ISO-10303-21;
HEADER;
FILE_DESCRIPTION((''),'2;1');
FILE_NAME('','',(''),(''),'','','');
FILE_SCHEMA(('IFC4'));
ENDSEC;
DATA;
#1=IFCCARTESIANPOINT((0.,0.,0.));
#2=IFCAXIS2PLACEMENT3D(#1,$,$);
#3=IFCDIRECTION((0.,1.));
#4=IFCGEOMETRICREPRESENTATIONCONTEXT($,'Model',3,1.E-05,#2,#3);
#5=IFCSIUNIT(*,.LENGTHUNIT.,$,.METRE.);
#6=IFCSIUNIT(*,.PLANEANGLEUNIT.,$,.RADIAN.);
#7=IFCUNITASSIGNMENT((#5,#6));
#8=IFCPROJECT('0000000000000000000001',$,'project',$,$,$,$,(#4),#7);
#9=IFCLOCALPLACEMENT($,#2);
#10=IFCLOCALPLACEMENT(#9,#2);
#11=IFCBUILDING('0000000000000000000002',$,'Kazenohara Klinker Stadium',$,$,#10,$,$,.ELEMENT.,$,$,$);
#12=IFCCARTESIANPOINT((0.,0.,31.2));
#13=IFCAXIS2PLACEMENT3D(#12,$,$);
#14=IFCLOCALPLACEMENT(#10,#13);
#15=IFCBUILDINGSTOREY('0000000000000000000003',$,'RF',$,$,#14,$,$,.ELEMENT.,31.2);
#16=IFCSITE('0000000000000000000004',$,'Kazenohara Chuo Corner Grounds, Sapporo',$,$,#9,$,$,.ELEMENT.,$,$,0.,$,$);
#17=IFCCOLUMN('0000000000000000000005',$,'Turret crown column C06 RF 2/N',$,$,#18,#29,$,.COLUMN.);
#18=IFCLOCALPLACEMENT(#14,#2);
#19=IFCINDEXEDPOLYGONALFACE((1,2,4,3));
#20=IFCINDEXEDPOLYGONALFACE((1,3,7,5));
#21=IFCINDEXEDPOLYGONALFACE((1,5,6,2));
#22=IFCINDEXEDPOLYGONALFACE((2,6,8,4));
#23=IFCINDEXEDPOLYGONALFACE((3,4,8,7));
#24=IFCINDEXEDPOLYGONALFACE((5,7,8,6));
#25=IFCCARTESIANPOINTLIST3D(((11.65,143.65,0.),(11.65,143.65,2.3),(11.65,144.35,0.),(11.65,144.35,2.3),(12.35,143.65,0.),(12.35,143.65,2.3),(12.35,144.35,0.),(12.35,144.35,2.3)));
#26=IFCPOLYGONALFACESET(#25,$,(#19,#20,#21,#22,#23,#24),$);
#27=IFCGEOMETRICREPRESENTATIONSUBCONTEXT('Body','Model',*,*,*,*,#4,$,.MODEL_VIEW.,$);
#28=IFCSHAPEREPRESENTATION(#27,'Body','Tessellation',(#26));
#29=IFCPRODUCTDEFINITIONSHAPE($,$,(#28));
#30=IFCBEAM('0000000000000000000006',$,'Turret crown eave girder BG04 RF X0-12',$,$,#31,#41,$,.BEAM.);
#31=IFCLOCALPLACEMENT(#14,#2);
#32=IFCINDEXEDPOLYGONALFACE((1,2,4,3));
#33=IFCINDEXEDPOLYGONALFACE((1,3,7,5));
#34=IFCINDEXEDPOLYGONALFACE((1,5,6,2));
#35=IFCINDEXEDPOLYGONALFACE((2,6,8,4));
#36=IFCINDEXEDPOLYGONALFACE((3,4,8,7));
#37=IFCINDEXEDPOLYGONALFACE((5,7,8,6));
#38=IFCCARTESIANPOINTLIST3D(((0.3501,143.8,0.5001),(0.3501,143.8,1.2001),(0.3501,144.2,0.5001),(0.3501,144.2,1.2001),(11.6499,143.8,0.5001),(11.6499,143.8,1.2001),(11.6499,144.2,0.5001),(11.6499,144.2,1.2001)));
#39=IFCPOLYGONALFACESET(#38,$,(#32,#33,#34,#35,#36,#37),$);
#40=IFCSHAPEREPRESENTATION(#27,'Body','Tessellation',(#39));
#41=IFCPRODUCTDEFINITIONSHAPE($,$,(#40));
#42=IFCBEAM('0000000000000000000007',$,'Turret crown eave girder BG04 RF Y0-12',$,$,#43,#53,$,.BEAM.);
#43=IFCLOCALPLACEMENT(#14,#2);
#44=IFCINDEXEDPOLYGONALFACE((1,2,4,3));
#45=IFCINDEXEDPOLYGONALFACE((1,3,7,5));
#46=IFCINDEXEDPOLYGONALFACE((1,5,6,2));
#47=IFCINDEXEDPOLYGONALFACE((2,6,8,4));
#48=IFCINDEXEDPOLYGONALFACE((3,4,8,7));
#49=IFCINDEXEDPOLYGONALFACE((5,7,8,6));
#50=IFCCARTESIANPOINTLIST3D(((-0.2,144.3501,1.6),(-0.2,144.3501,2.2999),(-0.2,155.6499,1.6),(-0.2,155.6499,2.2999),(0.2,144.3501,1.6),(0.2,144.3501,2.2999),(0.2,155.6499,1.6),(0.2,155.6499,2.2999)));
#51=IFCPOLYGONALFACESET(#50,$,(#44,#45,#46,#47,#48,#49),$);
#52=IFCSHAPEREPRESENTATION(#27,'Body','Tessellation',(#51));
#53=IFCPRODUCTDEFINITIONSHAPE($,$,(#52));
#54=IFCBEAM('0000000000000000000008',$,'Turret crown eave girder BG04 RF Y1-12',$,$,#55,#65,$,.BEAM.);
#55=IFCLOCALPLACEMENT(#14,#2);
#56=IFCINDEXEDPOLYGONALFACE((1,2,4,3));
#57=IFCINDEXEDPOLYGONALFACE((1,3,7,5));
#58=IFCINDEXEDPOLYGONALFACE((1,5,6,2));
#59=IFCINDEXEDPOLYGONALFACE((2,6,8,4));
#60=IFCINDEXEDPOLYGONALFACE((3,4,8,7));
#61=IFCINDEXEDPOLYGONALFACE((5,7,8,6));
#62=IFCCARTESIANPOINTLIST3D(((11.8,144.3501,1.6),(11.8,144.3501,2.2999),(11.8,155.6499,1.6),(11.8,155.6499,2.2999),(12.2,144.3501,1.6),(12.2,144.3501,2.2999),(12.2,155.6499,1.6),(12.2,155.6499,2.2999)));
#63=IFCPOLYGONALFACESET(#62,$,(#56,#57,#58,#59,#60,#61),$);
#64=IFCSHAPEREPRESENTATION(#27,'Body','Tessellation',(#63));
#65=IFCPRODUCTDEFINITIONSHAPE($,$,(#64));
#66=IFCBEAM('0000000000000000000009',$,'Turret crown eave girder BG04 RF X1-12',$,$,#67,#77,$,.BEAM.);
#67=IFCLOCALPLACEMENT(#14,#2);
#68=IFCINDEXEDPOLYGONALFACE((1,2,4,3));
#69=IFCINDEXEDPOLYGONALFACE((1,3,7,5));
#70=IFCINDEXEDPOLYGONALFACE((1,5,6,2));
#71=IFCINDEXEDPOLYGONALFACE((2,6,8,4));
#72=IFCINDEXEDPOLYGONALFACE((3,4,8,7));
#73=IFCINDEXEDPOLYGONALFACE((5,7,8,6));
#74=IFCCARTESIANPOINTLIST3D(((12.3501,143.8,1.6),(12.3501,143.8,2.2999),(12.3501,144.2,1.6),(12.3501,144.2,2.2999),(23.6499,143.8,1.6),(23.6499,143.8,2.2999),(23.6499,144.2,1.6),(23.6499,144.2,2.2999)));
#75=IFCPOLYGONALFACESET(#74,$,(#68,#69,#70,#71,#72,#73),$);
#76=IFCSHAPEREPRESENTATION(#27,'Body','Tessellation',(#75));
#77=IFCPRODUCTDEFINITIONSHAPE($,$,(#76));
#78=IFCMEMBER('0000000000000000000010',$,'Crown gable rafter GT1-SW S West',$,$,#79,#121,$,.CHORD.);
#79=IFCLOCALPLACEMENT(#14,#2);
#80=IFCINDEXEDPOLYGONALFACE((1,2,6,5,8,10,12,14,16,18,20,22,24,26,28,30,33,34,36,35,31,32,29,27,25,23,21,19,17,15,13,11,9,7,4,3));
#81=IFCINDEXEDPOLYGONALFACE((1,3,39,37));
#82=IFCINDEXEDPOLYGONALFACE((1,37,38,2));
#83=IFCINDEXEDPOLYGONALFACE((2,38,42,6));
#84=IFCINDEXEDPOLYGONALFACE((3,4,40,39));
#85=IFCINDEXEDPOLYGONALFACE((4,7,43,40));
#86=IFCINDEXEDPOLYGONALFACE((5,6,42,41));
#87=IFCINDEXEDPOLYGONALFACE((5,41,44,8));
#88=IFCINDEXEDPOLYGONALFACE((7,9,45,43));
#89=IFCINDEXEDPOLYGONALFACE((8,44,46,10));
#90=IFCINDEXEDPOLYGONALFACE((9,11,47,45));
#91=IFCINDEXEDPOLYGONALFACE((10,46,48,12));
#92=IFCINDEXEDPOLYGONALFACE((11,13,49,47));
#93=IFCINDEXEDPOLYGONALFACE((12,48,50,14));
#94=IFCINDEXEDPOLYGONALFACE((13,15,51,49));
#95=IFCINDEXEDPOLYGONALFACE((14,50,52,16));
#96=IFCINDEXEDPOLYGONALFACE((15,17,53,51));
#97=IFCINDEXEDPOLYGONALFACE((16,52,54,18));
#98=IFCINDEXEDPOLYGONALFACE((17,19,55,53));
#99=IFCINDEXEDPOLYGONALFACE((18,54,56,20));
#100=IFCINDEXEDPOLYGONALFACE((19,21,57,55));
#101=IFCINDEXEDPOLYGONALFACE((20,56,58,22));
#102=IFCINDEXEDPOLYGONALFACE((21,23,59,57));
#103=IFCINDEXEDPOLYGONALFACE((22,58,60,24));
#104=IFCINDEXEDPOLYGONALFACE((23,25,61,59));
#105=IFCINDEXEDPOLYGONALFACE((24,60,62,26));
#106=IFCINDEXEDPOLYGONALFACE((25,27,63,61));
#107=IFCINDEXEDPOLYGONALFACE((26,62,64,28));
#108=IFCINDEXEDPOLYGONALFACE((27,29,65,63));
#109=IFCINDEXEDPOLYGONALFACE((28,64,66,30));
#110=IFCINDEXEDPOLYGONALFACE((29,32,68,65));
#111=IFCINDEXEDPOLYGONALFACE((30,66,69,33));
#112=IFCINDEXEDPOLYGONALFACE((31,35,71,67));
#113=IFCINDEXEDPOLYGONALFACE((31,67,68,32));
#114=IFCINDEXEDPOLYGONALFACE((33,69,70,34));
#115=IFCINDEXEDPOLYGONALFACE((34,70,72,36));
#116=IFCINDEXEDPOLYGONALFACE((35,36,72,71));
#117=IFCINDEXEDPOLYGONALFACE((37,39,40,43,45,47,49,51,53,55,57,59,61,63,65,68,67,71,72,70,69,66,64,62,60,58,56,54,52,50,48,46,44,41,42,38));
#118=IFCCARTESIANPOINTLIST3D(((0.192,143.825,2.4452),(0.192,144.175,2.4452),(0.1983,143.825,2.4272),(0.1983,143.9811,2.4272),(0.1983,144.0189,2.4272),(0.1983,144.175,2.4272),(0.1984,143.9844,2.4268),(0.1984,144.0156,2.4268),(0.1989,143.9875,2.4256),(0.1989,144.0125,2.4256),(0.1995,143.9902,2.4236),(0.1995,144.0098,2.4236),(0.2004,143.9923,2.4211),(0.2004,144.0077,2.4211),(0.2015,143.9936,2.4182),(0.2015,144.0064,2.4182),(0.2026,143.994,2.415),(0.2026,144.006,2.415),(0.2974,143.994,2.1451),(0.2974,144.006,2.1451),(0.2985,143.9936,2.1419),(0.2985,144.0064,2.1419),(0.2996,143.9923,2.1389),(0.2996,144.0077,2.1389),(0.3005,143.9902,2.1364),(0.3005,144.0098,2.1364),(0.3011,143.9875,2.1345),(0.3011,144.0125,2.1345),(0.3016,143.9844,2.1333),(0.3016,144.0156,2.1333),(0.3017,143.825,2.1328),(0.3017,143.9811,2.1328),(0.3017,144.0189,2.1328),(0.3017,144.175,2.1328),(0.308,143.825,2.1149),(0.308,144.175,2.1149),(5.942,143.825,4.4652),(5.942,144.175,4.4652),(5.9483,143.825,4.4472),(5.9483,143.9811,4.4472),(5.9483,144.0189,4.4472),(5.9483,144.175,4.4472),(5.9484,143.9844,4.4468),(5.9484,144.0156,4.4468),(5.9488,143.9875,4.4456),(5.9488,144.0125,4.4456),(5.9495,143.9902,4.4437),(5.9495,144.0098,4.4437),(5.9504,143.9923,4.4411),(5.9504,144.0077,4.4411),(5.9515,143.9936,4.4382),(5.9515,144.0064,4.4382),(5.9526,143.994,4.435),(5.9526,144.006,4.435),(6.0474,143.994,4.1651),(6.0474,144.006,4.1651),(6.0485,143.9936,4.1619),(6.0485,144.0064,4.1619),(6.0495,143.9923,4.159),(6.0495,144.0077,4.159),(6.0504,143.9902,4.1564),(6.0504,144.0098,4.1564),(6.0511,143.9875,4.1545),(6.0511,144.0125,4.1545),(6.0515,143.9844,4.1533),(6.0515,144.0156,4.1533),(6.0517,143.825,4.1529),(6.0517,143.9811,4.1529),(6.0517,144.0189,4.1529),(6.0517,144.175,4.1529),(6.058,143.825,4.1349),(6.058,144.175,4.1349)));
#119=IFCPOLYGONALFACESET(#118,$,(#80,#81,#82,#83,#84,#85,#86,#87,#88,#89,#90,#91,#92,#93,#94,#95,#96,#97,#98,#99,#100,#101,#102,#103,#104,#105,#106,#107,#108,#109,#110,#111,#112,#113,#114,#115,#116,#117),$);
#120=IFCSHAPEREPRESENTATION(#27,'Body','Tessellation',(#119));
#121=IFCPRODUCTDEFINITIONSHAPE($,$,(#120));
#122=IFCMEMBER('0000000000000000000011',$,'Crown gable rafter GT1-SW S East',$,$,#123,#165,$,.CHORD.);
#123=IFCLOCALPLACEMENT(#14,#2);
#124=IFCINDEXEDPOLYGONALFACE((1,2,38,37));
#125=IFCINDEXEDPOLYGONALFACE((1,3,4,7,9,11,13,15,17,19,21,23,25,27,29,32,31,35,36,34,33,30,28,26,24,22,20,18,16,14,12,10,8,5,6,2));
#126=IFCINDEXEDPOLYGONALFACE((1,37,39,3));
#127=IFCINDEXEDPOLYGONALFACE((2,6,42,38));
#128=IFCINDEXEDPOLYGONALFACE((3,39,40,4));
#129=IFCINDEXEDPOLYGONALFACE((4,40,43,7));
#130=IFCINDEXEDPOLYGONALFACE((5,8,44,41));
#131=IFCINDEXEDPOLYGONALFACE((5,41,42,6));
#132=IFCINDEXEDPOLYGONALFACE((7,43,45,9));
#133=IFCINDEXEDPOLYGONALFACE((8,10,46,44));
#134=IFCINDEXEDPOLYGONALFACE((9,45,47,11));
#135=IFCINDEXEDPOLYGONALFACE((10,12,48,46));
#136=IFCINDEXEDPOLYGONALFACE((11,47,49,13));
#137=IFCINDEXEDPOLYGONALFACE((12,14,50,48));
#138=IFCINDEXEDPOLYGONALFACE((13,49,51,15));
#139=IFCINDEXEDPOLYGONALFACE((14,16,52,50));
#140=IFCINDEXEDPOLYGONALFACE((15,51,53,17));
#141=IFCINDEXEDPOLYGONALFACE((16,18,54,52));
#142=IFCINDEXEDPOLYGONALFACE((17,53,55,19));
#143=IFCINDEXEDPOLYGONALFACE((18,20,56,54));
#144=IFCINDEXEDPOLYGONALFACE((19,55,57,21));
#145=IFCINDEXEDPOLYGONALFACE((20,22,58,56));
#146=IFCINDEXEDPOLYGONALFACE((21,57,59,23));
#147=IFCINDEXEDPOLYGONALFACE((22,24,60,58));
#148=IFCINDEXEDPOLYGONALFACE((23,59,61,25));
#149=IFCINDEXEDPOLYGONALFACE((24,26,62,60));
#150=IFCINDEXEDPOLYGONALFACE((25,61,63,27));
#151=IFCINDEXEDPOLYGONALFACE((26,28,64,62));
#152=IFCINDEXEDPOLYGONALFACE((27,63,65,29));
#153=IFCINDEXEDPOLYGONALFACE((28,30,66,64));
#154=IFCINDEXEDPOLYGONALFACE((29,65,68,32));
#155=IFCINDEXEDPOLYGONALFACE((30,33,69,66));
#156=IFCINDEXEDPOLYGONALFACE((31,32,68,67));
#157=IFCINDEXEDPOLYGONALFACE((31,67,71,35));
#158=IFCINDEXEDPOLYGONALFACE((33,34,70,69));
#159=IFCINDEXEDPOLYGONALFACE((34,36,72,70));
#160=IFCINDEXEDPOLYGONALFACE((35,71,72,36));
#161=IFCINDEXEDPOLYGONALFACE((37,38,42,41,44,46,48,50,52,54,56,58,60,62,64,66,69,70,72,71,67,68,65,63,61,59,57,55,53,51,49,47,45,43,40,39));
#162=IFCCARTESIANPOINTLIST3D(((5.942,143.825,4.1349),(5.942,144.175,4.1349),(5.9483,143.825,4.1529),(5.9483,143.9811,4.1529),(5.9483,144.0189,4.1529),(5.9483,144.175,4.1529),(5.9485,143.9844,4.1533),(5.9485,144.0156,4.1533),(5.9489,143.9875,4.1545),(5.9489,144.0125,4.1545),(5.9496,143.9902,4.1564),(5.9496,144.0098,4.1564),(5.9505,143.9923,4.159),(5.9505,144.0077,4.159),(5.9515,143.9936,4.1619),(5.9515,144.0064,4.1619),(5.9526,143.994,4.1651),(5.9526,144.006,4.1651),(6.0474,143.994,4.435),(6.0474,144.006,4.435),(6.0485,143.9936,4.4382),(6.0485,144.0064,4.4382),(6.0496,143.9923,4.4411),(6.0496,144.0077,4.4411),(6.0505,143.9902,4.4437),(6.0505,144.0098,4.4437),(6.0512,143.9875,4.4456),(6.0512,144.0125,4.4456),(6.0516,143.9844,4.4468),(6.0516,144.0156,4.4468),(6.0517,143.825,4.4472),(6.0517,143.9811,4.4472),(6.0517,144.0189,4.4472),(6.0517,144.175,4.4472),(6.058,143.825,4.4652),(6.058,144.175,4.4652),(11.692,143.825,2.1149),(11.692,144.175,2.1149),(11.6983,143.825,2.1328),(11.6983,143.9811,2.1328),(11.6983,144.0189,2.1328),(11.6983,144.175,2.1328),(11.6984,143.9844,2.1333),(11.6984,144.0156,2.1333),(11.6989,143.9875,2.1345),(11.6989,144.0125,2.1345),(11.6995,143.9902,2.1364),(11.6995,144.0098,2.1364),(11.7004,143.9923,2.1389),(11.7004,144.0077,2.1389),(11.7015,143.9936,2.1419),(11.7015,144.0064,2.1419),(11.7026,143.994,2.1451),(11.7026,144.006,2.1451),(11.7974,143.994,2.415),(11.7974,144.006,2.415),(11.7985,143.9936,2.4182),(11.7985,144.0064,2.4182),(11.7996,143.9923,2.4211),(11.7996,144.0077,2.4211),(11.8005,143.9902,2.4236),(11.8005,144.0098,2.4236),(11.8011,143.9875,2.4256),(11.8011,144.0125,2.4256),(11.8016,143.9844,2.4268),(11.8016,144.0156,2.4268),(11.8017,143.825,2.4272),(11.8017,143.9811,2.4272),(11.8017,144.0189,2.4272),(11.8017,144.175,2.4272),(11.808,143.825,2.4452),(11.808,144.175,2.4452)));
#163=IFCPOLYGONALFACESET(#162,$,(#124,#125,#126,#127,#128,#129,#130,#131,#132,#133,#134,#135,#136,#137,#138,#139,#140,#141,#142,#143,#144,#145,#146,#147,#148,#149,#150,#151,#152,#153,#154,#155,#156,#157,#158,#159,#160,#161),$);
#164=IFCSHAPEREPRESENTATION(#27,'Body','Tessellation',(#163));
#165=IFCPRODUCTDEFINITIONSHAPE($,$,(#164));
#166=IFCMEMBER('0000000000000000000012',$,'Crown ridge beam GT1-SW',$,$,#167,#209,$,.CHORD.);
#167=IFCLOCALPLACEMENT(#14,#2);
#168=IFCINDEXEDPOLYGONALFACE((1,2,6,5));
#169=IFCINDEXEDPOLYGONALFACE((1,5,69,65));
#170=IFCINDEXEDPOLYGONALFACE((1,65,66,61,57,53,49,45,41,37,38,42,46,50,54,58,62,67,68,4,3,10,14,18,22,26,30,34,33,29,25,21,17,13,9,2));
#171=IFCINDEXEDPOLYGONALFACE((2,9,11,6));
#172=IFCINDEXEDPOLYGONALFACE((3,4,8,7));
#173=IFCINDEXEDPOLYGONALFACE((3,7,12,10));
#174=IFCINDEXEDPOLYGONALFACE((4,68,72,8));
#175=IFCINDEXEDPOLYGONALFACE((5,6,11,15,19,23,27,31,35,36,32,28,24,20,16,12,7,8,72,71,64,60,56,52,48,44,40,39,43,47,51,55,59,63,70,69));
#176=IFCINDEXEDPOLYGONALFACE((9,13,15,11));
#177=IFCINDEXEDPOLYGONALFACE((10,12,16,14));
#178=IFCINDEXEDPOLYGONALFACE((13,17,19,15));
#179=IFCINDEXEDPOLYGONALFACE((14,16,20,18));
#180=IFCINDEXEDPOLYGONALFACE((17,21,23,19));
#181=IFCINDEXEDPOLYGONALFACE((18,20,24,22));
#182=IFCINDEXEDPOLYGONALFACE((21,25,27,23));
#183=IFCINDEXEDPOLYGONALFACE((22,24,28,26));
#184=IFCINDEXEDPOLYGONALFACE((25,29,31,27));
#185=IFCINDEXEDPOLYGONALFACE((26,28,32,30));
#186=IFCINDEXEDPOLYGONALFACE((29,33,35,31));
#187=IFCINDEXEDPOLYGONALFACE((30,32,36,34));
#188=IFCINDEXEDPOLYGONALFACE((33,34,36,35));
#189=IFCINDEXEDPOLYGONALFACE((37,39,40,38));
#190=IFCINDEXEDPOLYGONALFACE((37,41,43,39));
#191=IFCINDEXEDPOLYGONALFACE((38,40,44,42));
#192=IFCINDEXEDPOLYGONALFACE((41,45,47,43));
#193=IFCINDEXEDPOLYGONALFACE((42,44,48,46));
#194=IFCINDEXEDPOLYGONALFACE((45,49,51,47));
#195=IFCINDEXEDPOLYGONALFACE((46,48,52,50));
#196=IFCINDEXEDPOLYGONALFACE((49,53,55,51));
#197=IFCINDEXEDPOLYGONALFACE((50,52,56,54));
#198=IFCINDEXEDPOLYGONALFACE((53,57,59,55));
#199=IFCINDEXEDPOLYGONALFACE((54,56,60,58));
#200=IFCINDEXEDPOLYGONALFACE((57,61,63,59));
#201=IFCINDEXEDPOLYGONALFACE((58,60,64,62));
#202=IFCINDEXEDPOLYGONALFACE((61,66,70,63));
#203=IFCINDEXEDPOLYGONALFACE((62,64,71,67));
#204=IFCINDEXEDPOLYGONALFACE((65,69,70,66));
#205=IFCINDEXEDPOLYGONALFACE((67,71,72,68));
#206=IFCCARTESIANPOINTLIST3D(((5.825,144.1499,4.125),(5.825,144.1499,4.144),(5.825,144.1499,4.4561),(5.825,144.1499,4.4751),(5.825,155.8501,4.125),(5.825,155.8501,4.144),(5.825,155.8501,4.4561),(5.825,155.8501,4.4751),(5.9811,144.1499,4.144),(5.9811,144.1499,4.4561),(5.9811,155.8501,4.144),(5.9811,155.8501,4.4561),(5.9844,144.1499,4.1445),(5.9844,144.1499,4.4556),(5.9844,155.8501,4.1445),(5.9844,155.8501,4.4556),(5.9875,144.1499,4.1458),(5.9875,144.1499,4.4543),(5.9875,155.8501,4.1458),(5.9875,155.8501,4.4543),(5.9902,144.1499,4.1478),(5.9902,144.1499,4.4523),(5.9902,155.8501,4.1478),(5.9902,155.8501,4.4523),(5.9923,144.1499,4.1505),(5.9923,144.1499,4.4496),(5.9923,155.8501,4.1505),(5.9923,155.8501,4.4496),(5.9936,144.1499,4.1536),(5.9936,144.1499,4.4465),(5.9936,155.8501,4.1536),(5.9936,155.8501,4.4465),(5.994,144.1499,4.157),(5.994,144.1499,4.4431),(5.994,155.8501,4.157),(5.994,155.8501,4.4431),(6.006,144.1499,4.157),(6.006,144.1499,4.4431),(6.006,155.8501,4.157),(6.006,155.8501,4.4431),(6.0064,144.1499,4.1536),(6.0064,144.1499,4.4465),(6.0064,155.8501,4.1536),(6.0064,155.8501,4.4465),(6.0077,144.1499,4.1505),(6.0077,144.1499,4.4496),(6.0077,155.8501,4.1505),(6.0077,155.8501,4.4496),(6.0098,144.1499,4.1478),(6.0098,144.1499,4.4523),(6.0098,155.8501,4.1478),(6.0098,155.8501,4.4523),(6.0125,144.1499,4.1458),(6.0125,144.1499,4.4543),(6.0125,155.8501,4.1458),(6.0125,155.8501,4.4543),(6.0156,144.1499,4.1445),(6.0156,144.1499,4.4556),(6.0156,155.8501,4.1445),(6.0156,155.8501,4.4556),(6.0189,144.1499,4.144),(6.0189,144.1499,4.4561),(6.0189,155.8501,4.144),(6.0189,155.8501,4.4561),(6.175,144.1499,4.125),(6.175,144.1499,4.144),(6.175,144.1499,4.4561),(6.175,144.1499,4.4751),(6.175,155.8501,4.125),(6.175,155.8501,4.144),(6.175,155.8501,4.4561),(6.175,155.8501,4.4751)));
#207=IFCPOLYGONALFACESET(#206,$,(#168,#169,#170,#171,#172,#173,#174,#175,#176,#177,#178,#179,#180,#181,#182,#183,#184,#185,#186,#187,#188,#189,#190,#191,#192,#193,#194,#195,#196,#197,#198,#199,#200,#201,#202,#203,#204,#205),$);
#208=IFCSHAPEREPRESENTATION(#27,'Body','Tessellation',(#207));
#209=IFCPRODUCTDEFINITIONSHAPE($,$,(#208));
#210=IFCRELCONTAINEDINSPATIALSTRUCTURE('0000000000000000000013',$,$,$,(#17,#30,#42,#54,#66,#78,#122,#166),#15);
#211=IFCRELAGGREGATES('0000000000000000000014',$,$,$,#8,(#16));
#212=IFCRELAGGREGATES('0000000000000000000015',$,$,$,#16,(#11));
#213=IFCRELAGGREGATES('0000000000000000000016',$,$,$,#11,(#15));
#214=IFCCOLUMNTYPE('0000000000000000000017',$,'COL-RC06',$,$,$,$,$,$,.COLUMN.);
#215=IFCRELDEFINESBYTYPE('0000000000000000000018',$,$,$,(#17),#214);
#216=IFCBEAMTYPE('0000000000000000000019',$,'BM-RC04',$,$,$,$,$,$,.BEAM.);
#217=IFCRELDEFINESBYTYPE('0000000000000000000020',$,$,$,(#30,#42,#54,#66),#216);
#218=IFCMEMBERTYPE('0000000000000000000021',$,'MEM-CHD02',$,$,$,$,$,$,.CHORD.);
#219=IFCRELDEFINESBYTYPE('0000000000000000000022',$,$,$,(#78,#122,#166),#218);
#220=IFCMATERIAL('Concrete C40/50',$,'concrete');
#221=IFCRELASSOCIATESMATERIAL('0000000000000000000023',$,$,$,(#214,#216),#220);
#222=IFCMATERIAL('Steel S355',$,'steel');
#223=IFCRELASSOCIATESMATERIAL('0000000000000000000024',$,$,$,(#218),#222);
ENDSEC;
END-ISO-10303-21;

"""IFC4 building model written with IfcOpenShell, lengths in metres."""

from ifc_helpers import new_model, si_unit, direction, frame, origin, origin_2d, place, context, subcontext, project, spatial, rectangle, i_section, extrude, material, material_profile, profile_set, type_object, element, save


model = new_model("IFC4")

# Units and contexts
model_context = context("Model", 3, precision=1e-05, world=origin(), true_north=direction((0.0, 1.0)))
body_context = subcontext(model_context, "Body", "Model", "MODEL_VIEW")
ifc_project = project(units=[si_unit("LENGTHUNIT", "METRE"), si_unit("PLANEANGLEUNIT", "RADIAN")], contexts=[model_context])

# Site, building, storey
site_placement = place(None, origin())
site = spatial("IfcSite", under=ifc_project, at=site_placement, Name="Kazenohara Chuo Corner Grounds, Sapporo", CompositionType="ELEMENT", RefElevation=0.0)
building_placement = place(site_placement, origin())
building = spatial("IfcBuilding", under=site, at=building_placement, Name="Kazenohara Klinker Stadium", CompositionType="ELEMENT")
storey_placement = place(building_placement, frame((0.0, 0.0, 31.2)))
storey = spatial("IfcBuildingStorey", under=building, at=storey_placement, Name="RF", CompositionType="ELEMENT", Elevation=31.2)

# Column
ifc_material_1 = material(Name="Concrete C40/50", Category="concrete")
ifc_material_profile_1 = material_profile(ifc_material_1, rectangle(XDim=0.7, YDim=0.7, at=origin_2d()), Name="RC-COL-700x700")
ifc_profile_set_1 = profile_set([ifc_material_profile_1], Name="Concrete C40/50")
column_type = type_object("IfcColumnType", Name="COL-RC06", PredefinedType="COLUMN", material=ifc_profile_set_1)
column_placement = place(storey_placement, frame((12.0, 144.0, 0.0), z_axis=(0.0, 0.0, 1.0), x_axis=(1.0, 0.0, 0.0)))
element("IfcColumn", 1, at=column_placement, inside=storey, type_object=column_type, Name="Turret crown column C06 RF 2/N", PredefinedType="COLUMN", context=body_context, shape_type="SweptSolid", body=[
    extrude(rectangle(XDim=0.7, YDim=0.7, at=origin_2d()), origin(), (0.0, 0.0, 1.0), 2.3),
])

# Beams
ifc_material_profile_2 = material_profile(ifc_material_1, rectangle(XDim=0.3999, YDim=0.7, at=origin_2d()), Name="RC-BM-400x700")
ifc_profile_set_2 = profile_set([ifc_material_profile_2], Name="Concrete C40/50")
beam_type = type_object("IfcBeamType", Name="BM-RC04", PredefinedType="BEAM", material=ifc_profile_set_2)
for number, where, z_axis, x_axis, name in (
    (2, (0.3501, 144.0, 0.8501), (1.0, 0.0, 0.0), (0.0, 1.0, 0.0), "Turret crown eave girder BG04 RF X0-12"),
    (3, (0.0, 144.3501, 1.95), (0.0, 1.0, 0.0), (-1.0, 0.0, 0.0), "Turret crown eave girder BG04 RF Y0-12"),
    (4, (12.0, 144.3501, 1.95), (0.0, 1.0, 0.0), (-1.0, 0.0, 0.0), "Turret crown eave girder BG04 RF Y1-12"),
    (5, (12.3501, 144.0, 1.95), (1.0, 0.0, 0.0), (0.0, 1.0, 0.0), "Turret crown eave girder BG04 RF X1-12"),
):
    element("IfcBeam", number, at=place(storey_placement, frame(where, z_axis=z_axis, x_axis=x_axis)), inside=storey, type_object=beam_type, Name=name, PredefinedType="BEAM", context=body_context, shape_type="SweptSolid", body=[
        extrude(rectangle(XDim=0.3999, YDim=0.7, at=origin_2d()), origin(), (0.0, 0.0, 1.0), 11.2998),
    ])

# Members
ifc_material_2 = material(Name="Steel S355", Category="steel")
ifc_material_profile_3 = material_profile(ifc_material_2, i_section(OverallWidth=0.3501, OverallDepth=0.3501, WebThickness=0.012, FlangeThickness=0.019, FilletRadius=0.0129, at=origin_2d()), Name="H-350x350x12x19")
ifc_profile_set_3 = profile_set([ifc_material_profile_3], Name="Steel S355")
member_type_1 = type_object("IfcMemberType", Name="MEM-CHD02", PredefinedType="CHORD", material=ifc_profile_set_3)
for number, where, z_axis, x_axis, name in (
    (6, (0.25, 144.0, 2.28), (0.943473, 0.0, 0.331449), (0.0, 1.0, 0.0), "Crown gable rafter GT1-SW S West"),
    (7, (11.75, 144.0, 2.28), (-0.943473, 0.0, 0.331449), (0.0, -1.0, 0.0), "Crown gable rafter GT1-SW S East"),
):
    element("IfcMember", number, at=place(storey_placement, frame(where, z_axis=z_axis, x_axis=x_axis)), inside=storey, type_object=member_type_1, Name=name, PredefinedType="CHORD", context=body_context, shape_type="SweptSolid", body=[
        extrude(i_section(OverallWidth=0.3501, OverallDepth=0.3501, WebThickness=0.012, FlangeThickness=0.019, FilletRadius=0.0129, at=origin_2d()), origin(), (0.0, 0.0, 1.0), 6.0945),
    ])
member_1_placement = place(storey_placement, frame((6.0, 144.1499, 4.3), z_axis=(0.0, 1.0, 0.0), x_axis=(-1.0, 0.0, 0.0)))
element("IfcMember", 8, at=member_1_placement, inside=storey, type_object=member_type_1, Name="Crown ridge beam GT1-SW", PredefinedType="CHORD", context=body_context, shape_type="SweptSolid", body=[
    extrude(i_section(OverallWidth=0.3501, OverallDepth=0.3501, WebThickness=0.012, FlangeThickness=0.019, FilletRadius=0.0129, at=origin_2d()), origin(), (0.0, 0.0, 1.0), 11.7002),
])

save(model, "model.ifc")
